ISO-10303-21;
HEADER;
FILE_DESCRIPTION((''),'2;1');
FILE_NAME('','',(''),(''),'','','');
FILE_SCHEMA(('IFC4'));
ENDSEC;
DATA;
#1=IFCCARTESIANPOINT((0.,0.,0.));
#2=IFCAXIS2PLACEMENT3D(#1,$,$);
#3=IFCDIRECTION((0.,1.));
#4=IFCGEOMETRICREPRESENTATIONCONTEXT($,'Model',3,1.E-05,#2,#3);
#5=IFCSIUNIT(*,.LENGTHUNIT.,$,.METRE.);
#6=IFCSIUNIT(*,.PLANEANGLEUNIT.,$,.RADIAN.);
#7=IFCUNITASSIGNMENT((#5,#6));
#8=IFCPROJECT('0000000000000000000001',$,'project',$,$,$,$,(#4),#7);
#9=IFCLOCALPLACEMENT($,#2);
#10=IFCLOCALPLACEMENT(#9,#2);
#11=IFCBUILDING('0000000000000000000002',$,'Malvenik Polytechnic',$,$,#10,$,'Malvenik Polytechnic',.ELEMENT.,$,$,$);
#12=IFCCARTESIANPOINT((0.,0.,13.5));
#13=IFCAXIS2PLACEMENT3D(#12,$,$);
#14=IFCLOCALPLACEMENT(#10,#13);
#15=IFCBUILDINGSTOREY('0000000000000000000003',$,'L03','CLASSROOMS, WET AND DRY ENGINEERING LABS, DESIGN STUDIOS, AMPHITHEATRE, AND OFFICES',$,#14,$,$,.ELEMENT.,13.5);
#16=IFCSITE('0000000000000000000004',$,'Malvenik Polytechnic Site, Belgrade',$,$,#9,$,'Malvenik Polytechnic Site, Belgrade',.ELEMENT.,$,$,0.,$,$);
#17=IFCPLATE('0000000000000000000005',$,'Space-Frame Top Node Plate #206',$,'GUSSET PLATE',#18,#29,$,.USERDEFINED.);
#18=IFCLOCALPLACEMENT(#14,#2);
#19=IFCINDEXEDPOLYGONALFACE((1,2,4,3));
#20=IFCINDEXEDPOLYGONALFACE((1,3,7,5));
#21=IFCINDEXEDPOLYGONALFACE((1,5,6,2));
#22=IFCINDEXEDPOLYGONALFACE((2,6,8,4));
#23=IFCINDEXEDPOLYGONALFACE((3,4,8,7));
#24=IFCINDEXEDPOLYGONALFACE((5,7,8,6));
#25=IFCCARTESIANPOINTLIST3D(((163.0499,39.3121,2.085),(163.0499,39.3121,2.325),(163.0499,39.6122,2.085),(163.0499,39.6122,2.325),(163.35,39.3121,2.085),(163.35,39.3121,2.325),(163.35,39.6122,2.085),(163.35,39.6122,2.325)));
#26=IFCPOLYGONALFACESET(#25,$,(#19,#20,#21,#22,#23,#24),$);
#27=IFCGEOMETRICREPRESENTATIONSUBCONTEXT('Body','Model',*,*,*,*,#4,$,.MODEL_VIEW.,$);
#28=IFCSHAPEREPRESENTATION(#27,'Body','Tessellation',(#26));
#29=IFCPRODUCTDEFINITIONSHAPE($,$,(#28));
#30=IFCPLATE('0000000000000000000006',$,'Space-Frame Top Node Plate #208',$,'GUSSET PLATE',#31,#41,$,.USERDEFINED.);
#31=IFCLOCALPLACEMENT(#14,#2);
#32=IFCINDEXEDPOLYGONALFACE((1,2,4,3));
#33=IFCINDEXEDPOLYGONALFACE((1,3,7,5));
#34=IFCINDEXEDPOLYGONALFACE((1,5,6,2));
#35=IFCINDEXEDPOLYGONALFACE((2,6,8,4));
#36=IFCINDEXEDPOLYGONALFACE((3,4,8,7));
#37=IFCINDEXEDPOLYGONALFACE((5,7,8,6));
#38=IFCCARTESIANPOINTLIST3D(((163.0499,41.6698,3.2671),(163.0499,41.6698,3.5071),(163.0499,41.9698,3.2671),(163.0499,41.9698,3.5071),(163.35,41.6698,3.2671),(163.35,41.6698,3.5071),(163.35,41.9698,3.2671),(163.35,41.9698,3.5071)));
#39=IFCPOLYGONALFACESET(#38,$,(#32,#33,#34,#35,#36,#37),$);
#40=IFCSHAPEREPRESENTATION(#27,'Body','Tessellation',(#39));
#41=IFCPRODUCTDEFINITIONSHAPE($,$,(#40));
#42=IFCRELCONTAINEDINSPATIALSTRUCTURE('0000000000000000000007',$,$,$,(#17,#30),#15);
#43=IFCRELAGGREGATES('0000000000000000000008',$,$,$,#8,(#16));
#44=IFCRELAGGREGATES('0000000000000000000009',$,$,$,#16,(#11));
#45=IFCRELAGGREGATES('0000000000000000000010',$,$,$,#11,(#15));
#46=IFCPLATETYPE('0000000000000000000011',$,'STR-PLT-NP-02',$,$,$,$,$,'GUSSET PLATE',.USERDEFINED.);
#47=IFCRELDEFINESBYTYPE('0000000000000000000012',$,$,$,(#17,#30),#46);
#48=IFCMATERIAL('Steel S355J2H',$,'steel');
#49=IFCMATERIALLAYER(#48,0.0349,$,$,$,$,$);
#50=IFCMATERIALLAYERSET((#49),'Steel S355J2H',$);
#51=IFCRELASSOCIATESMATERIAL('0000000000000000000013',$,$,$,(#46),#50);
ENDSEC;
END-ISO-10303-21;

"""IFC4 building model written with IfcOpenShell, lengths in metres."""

from ifc_helpers import new_model, si_unit, direction, frame, origin, origin_2d, place, context, subcontext, project, spatial, rectangle, extrude, material, layer, layer_set, type_object, element, save


model = new_model("IFC4")

# Units and contexts
model_context = context("Model", 3, precision=1e-05, world=origin(), true_north=direction((0.0, 1.0)))
body_context = subcontext(model_context, "Body", "Model", "MODEL_VIEW")
ifc_project = project(units=[si_unit("LENGTHUNIT", "METRE"), si_unit("PLANEANGLEUNIT", "RADIAN")], contexts=[model_context])

# Site, building, storey
site_placement = place(None, origin())
site = spatial("IfcSite", under=ifc_project, at=site_placement, Name="Malvenik Polytechnic Site, Belgrade", LongName="Malvenik Polytechnic Site, Belgrade", CompositionType="ELEMENT", RefElevation=0.0)
building_placement = place(site_placement, origin())
building = spatial("IfcBuilding", under=site, at=building_placement, Name="Malvenik Polytechnic", LongName="Malvenik Polytechnic", CompositionType="ELEMENT")
storey_placement = place(building_placement, frame((0.0, 0.0, 13.5)))
storey = spatial("IfcBuildingStorey", under=building, at=storey_placement, Name="L03", Description="CLASSROOMS, WET AND DRY ENGINEERING LABS, DESIGN STUDIOS, AMPHITHEATRE, AND OFFICES", CompositionType="ELEMENT", Elevation=13.5)

# Shared definitions
ifc_material_1 = material(Name="Steel S355J2H", Category="steel")

# Plates
ifc_layer_1 = layer(ifc_material_1, 0.0349)
ifc_layer_set_1 = layer_set([ifc_layer_1], Name="Steel S355J2H")
plate_type_1 = type_object("IfcPlateType", Name="STR-PLT-NP-02", ElementType="GUSSET PLATE", PredefinedType="USERDEFINED", material=ifc_layer_set_1)
for number, where, z_axis, x_axis, name in (
    (1, (163.2, 39.4622, 2.085), (0.0, 0.0, 1.0), (1.0, 0.0, 0.0), "Space-Frame Top Node Plate #206"),
    (2, (163.2, 41.8198, 3.2671), (0.0, 0.0, 1.0), (1.0, 0.0, 0.0), "Space-Frame Top Node Plate #208"),
):
    element("IfcPlate", number, at=place(storey_placement, frame(where, z_axis=z_axis, x_axis=x_axis)), inside=storey, type_object=plate_type_1, Name=name, ObjectType="GUSSET PLATE", PredefinedType="USERDEFINED", context=body_context, shape_type="SweptSolid", body=[
        extrude(rectangle(XDim=0.3, YDim=0.3, at=origin_2d()), origin(), (0.0, 0.0, 1.0), 0.24),
    ])

save(model, "model.ifc")
